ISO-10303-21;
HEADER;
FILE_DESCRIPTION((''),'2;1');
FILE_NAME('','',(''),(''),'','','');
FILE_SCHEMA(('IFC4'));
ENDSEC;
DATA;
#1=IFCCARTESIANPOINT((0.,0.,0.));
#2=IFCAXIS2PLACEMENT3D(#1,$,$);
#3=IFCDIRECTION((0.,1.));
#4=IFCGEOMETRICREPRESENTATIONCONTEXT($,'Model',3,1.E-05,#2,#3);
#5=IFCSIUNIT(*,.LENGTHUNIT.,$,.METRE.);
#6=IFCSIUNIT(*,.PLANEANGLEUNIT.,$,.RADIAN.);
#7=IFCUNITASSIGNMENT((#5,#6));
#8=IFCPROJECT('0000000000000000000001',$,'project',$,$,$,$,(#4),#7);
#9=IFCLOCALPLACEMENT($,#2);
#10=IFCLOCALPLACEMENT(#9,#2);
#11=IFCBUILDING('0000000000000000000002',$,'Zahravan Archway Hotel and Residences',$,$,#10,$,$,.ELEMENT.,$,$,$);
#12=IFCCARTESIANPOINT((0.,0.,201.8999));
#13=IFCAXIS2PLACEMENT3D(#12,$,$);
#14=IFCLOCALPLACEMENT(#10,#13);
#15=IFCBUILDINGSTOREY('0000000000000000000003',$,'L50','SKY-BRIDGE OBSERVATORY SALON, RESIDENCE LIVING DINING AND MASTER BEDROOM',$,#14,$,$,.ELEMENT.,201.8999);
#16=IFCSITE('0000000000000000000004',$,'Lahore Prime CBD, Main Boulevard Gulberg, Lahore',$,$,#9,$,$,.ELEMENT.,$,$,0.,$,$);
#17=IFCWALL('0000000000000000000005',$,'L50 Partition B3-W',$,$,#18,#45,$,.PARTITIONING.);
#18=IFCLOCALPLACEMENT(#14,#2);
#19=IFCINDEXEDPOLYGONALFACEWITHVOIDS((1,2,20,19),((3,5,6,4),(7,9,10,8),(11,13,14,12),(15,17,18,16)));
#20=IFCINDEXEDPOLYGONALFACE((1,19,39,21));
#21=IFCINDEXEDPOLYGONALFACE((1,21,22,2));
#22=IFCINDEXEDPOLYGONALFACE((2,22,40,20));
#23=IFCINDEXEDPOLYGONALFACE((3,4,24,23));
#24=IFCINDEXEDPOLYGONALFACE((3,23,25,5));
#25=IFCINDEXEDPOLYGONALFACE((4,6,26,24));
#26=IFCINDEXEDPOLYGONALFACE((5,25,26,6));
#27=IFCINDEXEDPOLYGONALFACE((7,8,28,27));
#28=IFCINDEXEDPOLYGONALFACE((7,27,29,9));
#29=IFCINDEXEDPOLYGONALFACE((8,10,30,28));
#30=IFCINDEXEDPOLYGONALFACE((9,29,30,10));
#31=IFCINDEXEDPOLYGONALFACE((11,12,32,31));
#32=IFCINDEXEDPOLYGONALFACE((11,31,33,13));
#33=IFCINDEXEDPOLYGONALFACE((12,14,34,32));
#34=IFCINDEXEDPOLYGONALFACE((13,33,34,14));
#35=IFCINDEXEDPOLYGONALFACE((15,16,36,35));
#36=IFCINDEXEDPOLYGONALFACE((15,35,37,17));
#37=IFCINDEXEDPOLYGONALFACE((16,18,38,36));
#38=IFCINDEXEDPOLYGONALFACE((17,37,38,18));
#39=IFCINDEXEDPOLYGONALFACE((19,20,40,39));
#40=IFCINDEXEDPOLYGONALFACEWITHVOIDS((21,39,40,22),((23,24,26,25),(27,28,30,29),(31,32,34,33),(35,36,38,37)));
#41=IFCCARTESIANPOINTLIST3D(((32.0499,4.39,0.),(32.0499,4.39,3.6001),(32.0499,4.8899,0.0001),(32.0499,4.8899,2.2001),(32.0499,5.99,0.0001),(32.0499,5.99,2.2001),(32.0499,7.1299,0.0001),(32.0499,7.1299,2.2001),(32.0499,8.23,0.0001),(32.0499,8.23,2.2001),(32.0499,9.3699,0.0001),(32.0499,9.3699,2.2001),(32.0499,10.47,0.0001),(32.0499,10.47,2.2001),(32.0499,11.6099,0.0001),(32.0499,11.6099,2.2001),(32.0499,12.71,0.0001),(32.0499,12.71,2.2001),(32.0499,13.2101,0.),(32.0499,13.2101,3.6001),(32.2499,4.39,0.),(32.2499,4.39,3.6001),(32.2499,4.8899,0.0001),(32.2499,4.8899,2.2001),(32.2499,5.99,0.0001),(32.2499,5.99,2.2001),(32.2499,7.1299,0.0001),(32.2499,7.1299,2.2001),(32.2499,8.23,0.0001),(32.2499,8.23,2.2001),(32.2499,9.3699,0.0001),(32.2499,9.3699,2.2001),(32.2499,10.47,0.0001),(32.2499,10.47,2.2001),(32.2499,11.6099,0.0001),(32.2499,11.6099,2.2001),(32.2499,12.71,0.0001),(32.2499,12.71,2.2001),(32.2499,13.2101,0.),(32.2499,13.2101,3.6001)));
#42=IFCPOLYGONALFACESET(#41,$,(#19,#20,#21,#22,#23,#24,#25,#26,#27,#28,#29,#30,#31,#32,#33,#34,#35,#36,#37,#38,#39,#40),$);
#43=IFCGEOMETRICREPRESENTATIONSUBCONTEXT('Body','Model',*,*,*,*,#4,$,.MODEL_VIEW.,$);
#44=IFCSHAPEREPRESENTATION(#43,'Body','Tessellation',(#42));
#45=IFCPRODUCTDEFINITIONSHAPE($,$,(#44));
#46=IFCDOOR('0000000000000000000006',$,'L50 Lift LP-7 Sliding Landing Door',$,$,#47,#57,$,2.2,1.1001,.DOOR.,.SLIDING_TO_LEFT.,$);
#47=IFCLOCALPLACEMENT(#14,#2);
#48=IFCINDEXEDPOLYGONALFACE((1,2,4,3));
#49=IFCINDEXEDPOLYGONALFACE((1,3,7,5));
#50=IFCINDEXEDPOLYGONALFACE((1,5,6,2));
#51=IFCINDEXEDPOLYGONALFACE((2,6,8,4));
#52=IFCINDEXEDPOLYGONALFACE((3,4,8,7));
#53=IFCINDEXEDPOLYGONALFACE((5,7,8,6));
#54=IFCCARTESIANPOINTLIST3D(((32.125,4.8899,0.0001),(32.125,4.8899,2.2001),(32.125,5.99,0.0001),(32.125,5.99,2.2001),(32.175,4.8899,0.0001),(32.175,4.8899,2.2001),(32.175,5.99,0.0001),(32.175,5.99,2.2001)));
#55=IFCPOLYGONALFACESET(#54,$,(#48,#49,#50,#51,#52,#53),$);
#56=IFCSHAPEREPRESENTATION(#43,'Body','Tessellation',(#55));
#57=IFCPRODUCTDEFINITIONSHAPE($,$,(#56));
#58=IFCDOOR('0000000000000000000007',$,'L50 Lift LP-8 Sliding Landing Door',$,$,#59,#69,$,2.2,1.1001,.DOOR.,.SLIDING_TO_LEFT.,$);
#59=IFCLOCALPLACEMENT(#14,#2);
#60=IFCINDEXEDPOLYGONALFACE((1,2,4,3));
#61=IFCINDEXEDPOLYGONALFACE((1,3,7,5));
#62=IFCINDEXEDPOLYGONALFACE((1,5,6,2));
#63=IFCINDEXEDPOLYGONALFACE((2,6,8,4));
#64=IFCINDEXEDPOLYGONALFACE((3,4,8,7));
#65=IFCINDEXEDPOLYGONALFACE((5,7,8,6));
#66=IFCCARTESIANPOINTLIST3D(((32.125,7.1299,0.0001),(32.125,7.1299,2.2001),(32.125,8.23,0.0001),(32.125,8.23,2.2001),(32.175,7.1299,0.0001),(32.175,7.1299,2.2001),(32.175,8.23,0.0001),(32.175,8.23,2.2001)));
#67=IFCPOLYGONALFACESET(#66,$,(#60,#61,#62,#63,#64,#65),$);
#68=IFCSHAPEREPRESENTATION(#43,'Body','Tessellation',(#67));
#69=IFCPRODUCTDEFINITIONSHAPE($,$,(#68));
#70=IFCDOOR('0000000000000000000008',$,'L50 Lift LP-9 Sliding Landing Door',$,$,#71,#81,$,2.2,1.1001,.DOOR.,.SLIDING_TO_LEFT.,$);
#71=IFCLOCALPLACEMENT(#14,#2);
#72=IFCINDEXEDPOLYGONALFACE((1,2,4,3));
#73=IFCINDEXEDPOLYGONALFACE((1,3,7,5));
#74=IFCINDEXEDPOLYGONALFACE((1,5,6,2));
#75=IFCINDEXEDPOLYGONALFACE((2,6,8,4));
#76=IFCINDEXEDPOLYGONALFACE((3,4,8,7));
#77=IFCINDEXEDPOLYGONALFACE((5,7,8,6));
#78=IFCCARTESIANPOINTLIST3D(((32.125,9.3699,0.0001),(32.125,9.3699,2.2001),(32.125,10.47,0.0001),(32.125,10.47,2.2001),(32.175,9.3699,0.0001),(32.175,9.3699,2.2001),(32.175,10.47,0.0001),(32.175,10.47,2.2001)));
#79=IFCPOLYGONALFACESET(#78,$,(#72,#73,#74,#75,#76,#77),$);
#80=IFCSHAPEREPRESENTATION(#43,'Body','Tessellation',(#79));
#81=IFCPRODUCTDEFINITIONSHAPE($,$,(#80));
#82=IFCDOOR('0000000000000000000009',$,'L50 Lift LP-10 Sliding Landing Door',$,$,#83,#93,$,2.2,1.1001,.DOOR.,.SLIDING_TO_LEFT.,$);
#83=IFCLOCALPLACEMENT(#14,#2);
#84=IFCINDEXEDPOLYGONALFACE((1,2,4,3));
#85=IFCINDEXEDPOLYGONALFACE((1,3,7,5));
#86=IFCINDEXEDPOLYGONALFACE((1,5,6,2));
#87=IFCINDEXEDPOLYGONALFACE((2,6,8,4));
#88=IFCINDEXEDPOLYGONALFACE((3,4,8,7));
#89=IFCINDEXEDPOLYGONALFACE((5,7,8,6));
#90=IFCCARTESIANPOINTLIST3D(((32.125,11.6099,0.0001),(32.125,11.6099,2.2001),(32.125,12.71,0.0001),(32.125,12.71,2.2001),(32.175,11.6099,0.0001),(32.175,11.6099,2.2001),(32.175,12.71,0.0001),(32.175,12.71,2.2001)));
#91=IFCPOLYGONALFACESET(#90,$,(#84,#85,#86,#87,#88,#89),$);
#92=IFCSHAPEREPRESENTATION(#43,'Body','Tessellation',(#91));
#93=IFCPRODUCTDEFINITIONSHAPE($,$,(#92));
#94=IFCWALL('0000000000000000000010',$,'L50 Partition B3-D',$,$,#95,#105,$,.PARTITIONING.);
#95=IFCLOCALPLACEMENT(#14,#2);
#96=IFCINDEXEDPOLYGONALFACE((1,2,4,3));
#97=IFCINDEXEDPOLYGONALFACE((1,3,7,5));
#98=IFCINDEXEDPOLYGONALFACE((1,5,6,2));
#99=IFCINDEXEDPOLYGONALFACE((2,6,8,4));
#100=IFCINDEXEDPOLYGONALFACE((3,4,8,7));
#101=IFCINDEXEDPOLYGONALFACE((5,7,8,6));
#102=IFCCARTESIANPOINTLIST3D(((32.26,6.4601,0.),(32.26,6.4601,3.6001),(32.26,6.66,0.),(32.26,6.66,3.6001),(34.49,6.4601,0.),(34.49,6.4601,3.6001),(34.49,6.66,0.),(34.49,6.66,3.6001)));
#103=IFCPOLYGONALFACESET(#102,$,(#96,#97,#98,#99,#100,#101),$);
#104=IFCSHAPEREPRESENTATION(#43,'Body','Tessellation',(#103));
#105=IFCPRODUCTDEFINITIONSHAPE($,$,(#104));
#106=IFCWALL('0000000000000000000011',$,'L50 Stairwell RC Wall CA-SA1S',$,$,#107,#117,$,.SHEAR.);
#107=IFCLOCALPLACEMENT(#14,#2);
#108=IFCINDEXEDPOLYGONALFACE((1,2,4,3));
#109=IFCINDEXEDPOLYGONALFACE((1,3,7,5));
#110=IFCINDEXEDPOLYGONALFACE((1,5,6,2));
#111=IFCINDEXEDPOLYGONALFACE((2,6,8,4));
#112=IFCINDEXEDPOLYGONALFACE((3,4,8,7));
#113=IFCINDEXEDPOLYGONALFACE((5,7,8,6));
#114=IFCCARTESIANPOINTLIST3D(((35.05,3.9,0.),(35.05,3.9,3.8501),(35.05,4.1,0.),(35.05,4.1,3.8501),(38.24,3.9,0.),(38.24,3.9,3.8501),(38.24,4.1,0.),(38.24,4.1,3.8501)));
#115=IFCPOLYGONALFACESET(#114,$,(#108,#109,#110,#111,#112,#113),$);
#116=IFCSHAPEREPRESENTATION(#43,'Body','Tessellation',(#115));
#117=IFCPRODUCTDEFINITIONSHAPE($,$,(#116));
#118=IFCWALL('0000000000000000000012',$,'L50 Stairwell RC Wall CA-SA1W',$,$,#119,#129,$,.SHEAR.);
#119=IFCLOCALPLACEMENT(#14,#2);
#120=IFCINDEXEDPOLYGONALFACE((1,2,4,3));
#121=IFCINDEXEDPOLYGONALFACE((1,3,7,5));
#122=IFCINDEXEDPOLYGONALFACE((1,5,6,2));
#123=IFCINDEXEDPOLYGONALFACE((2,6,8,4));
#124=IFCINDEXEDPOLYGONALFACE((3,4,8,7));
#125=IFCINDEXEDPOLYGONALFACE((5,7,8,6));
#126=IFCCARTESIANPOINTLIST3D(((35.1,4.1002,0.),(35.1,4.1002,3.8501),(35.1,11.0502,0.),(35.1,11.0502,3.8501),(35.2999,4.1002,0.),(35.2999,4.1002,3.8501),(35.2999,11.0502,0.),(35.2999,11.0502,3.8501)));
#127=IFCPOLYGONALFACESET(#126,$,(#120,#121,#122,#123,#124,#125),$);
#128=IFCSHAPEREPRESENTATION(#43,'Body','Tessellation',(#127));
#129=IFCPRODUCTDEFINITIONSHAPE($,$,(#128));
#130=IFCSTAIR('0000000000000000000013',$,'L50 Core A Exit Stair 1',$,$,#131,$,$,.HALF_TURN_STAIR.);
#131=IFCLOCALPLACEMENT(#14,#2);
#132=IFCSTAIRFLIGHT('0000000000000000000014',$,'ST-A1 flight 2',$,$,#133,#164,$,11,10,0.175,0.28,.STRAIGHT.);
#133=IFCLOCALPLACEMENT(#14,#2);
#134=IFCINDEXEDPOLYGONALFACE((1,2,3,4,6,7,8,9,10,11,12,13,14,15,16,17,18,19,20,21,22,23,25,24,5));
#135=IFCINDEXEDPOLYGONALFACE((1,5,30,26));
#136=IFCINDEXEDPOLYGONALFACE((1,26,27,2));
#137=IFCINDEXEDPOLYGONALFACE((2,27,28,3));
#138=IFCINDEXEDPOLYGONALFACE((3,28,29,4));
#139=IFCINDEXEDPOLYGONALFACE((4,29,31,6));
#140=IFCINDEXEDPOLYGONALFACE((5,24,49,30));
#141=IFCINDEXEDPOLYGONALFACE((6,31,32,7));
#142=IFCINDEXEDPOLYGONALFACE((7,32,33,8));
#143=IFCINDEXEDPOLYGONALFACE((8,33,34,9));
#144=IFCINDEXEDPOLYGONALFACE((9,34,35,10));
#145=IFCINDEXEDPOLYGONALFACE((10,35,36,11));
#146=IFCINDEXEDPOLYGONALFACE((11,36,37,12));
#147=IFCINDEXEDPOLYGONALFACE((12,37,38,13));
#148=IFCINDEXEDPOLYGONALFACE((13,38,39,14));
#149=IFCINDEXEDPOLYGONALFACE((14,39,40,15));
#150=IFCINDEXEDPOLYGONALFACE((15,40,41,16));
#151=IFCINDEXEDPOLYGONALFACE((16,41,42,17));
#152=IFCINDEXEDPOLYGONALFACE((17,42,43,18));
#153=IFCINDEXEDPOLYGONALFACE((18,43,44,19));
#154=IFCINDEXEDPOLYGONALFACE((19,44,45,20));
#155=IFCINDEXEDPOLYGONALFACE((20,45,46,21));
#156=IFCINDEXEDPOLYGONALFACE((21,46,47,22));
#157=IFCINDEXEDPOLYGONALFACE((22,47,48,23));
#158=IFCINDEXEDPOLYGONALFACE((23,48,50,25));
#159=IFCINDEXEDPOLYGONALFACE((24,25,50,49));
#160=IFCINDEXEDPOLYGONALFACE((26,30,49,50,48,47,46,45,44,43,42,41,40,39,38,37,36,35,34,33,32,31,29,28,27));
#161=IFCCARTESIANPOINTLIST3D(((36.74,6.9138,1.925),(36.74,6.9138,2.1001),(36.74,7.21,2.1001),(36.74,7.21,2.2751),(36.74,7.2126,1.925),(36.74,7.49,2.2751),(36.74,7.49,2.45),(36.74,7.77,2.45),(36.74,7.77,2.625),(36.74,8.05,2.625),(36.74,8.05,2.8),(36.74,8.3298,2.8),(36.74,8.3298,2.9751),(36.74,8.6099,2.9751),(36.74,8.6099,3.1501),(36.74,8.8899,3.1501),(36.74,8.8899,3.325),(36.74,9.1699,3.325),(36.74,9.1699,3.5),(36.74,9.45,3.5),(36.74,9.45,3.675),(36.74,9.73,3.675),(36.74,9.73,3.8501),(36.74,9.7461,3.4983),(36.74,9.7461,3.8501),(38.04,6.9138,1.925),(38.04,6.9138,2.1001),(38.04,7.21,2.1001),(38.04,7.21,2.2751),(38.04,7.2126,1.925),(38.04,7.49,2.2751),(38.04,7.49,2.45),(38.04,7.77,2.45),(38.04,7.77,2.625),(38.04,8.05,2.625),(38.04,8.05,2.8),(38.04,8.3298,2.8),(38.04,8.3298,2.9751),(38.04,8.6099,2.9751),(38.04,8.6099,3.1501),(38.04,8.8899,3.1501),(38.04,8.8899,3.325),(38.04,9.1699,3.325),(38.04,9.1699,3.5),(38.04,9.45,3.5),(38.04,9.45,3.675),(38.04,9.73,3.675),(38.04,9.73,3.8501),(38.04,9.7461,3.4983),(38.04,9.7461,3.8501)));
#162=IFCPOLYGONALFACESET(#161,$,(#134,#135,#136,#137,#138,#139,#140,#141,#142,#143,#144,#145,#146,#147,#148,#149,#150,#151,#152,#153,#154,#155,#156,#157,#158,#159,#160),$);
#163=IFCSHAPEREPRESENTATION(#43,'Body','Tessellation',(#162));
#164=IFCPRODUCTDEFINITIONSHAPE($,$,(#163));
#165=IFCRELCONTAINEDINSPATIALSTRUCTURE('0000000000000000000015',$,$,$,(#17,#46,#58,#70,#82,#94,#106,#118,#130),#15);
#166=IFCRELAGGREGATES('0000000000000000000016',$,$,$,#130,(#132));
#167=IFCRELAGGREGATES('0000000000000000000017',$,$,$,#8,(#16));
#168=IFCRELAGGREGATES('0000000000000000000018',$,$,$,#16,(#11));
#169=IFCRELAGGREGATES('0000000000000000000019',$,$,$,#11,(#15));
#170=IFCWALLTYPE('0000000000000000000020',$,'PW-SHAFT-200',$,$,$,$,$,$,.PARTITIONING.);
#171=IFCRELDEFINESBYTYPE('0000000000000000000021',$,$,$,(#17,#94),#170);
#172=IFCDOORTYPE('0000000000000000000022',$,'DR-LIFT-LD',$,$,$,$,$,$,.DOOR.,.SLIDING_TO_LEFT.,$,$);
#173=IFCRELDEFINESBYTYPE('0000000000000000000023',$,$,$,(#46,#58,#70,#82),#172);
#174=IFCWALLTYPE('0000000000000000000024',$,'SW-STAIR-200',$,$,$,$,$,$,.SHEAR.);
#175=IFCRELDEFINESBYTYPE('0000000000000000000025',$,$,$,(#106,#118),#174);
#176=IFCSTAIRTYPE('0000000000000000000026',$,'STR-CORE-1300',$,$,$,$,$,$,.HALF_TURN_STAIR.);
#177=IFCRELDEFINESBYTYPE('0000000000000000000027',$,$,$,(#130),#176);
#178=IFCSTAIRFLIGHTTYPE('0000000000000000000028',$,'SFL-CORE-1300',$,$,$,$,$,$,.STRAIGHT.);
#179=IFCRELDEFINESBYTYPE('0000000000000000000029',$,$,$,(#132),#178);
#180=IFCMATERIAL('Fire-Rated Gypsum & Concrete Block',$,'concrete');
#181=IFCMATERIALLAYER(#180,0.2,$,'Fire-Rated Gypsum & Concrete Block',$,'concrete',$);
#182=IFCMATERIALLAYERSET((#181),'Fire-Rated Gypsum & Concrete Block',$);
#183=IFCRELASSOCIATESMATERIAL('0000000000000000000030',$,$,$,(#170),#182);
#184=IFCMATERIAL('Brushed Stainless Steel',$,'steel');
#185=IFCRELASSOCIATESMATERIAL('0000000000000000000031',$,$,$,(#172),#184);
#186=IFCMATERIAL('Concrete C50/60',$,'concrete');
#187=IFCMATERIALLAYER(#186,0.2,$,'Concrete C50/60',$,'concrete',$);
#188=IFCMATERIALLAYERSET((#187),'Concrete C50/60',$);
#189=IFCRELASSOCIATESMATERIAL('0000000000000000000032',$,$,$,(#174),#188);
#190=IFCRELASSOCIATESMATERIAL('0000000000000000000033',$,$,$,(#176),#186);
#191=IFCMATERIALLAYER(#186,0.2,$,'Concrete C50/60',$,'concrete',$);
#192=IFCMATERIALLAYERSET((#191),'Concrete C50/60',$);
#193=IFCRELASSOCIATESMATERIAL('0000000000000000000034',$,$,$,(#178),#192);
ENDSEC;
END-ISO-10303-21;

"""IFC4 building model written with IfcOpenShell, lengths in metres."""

from ifc_helpers import new_model, si_unit, direction, frame, frame_2d, origin, place, context, subcontext, project, spatial, polyline, rectangle, outline, extrude, source, transform, mapped, material, layer, layer_set, type_object, type_shapes, element, fill, aggregate, save


model = new_model("IFC4")

# Units and contexts
model_context = context("Model", 3, precision=1e-05, world=origin(), true_north=direction((0.0, 1.0)))
body_context = subcontext(model_context, "Body", "Model", "MODEL_VIEW")
ifc_project = project(units=[si_unit("LENGTHUNIT", "METRE"), si_unit("PLANEANGLEUNIT", "RADIAN")], contexts=[model_context])

# Site, building, storey
site_placement = place(None, origin())
site = spatial("IfcSite", under=ifc_project, at=site_placement, Name="Lahore Prime CBD, Main Boulevard Gulberg, Lahore", CompositionType="ELEMENT", RefElevation=0.0)
building_placement = place(site_placement, origin())
building = spatial("IfcBuilding", under=site, at=building_placement, Name="Zahravan Archway Hotel and Residences", CompositionType="ELEMENT")
storey_placement = place(building_placement, frame((0.0, 0.0, 201.8999)))
storey = spatial("IfcBuildingStorey", under=building, at=storey_placement, Name="L50", Description="SKY-BRIDGE OBSERVATORY SALON, RESIDENCE LIVING DINING AND MASTER BEDROOM", CompositionType="ELEMENT", Elevation=201.8999)

# Shared definitions
ifc_material_1 = material(Name="Fire-Rated Gypsum & Concrete Block", Category="concrete")

# Shared definitions
ifc_layer_1 = layer(ifc_material_1, 0.2, Name="Fire-Rated Gypsum & Concrete Block", Category="concrete")
ifc_layer_set_1 = layer_set([ifc_layer_1], Name="Fire-Rated Gypsum & Concrete Block")
wall_type_1 = type_object("IfcWallType", Name="PW-SHAFT-200", PredefinedType="PARTITIONING", material=ifc_layer_set_1)

# Wall, openings, doors
wall_1_placement = place(storey_placement, frame((32.1499, 4.3899, 0.0), z_axis=(0.0, 0.0, 1.0), x_axis=(0.0, 1.0, 0.0)))
wall_1 = element("IfcWall", 1, at=wall_1_placement, inside=storey, type_object=wall_type_1, Name="L50 Partition B3-W", PredefinedType="PARTITIONING", context=body_context, shape_type="SweptSolid", body=[
    extrude(rectangle(XDim=8.8201, YDim=0.2, at=frame_2d((4.4102, 0.0))), origin(), (0.0, 0.0, 1.0), 3.6001),
])
opening_1_placement = place(wall_1_placement, frame((0.5, 0.0, 0.0)))
opening_1 = element("IfcOpeningElement", 2, at=opening_1_placement, cuts=wall_1, PredefinedType="OPENING", context=body_context, shape_type="SweptSolid", body=[
    extrude(rectangle(XDim=1.1001, YDim=2.2, at=frame_2d((0.55, 1.1001))), frame((0.0, 0.1099, 0.0), z_axis=(0.0, -1.0, 0.0), x_axis=(1.0, 0.0, 0.0)), (0.0, 0.0, 1.0), 0.22),
])
opening_2_placement = place(wall_1_placement, frame((2.74, 0.0, 0.0)))
opening_2 = element("IfcOpeningElement", 3, at=opening_2_placement, cuts=wall_1, PredefinedType="OPENING", context=body_context, shape_type="SweptSolid", body=[
    extrude(rectangle(XDim=1.1001, YDim=2.2, at=frame_2d((0.55, 1.1001))), frame((0.0, 0.1099, 0.0), z_axis=(0.0, -1.0, 0.0), x_axis=(1.0, 0.0, 0.0)), (0.0, 0.0, 1.0), 0.22),
])
opening_3_placement = place(wall_1_placement, frame((4.98, 0.0, 0.0)))
opening_3 = element("IfcOpeningElement", 4, at=opening_3_placement, cuts=wall_1, PredefinedType="OPENING", context=body_context, shape_type="SweptSolid", body=[
    extrude(rectangle(XDim=1.1001, YDim=2.2, at=frame_2d((0.55, 1.1001))), frame((0.0, 0.1099, 0.0), z_axis=(0.0, -1.0, 0.0), x_axis=(1.0, 0.0, 0.0)), (0.0, 0.0, 1.0), 0.22),
])
opening_4_placement = place(wall_1_placement, frame((7.22, 0.0, 0.0)))
opening_4 = element("IfcOpeningElement", 5, at=opening_4_placement, cuts=wall_1, PredefinedType="OPENING", context=body_context, shape_type="SweptSolid", body=[
    extrude(rectangle(XDim=1.1001, YDim=2.2, at=frame_2d((0.55, 1.1001))), frame((0.0, 0.1099, 0.0), z_axis=(0.0, -1.0, 0.0), x_axis=(1.0, 0.0, 0.0)), (0.0, 0.0, 1.0), 0.22),
])
ifc_material_2 = material(Name="Brushed Stainless Steel", Category="steel")
door_type_1 = type_object("IfcDoorType", Name="DR-LIFT-LD", OperationType="SLIDING_TO_LEFT", PredefinedType="DOOR", material=ifc_material_2)
shared_shape_1 = source(origin(), body_context, "Body", "SweptSolid", [
    extrude(rectangle(XDim=1.1001, YDim=2.2, at=frame_2d((0.55, 1.1001))), frame((0.0, 0.0249, 0.0), z_axis=(0.0, -1.0, 0.0), x_axis=(1.0, 0.0, 0.0)), (0.0, 0.0, 1.0), 0.05),
])
type_shapes(door_type_1, [shared_shape_1])
door_1_placement = place(opening_1_placement, origin())
door_1 = element("IfcDoor", 6, at=door_1_placement, inside=storey, type_object=door_type_1, Name="L50 Lift LP-7 Sliding Landing Door", OperationType="SLIDING_TO_LEFT", OverallHeight=2.2, OverallWidth=1.1001, PredefinedType="DOOR", context=body_context, shape_type="MappedRepresentation", body=[
    mapped(shared_shape_1, transform((0.0, 0.0, 0.0), scale=1.0)),
])
fill(opening_1, door_1)
door_2_placement = place(opening_2_placement, origin())
door_2 = element("IfcDoor", 7, at=door_2_placement, inside=storey, type_object=door_type_1, Name="L50 Lift LP-8 Sliding Landing Door", OperationType="SLIDING_TO_LEFT", OverallHeight=2.2, OverallWidth=1.1001, PredefinedType="DOOR", context=body_context, shape_type="MappedRepresentation", body=[
    mapped(shared_shape_1, transform((0.0, 0.0, 0.0), scale=1.0)),
])
fill(opening_2, door_2)
door_3_placement = place(opening_3_placement, origin())
door_3 = element("IfcDoor", 8, at=door_3_placement, inside=storey, type_object=door_type_1, Name="L50 Lift LP-9 Sliding Landing Door", OperationType="SLIDING_TO_LEFT", OverallHeight=2.2, OverallWidth=1.1001, PredefinedType="DOOR", context=body_context, shape_type="MappedRepresentation", body=[
    mapped(shared_shape_1, transform((0.0, 0.0, 0.0), scale=1.0)),
])
fill(opening_3, door_3)
door_4_placement = place(opening_4_placement, origin())
door_4 = element("IfcDoor", 9, at=door_4_placement, inside=storey, type_object=door_type_1, Name="L50 Lift LP-10 Sliding Landing Door", OperationType="SLIDING_TO_LEFT", OverallHeight=2.2, OverallWidth=1.1001, PredefinedType="DOOR", context=body_context, shape_type="MappedRepresentation", body=[
    mapped(shared_shape_1, transform((0.0, 0.0, 0.0), scale=1.0)),
])
fill(opening_4, door_4)

# Walls
wall_2_placement = place(storey_placement, frame((32.26, 6.5601, 0.0), z_axis=(0.0, 0.0, 1.0), x_axis=(1.0, 0.0, 0.0)))
element("IfcWall", 10, at=wall_2_placement, inside=storey, type_object=wall_type_1, Name="L50 Partition B3-D", PredefinedType="PARTITIONING", context=body_context, shape_type="SweptSolid", body=[
    extrude(rectangle(XDim=2.23, YDim=0.2, at=frame_2d((1.115, 0.0))), origin(), (0.0, 0.0, 1.0), 3.6001),
])
ifc_material_3 = material(Name="Concrete C50/60", Category="concrete")
ifc_layer_2 = layer(ifc_material_3, 0.2, Name="Concrete C50/60", Category="concrete")
ifc_layer_set_2 = layer_set([ifc_layer_2], Name="Concrete C50/60")
wall_type_2 = type_object("IfcWallType", Name="SW-STAIR-200", PredefinedType="SHEAR", material=ifc_layer_set_2)
wall_3_placement = place(storey_placement, frame((35.05, 4.0, 0.0), z_axis=(0.0, 0.0, 1.0), x_axis=(1.0, 0.0, 0.0)))
element("IfcWall", 11, at=wall_3_placement, inside=storey, type_object=wall_type_2, Name="L50 Stairwell RC Wall CA-SA1S", PredefinedType="SHEAR", context=body_context, shape_type="SweptSolid", body=[
    extrude(rectangle(XDim=3.1899, YDim=0.2, at=frame_2d((1.595, 0.0))), origin(), (0.0, 0.0, 1.0), 3.8501),
])
wall_4_placement = place(storey_placement, frame((35.2, 4.1001, 0.0), z_axis=(0.0, 0.0, 1.0), x_axis=(0.0, 1.0, 0.0)))
element("IfcWall", 12, at=wall_4_placement, inside=storey, type_object=wall_type_2, Name="L50 Stairwell RC Wall CA-SA1W", PredefinedType="SHEAR", context=body_context, shape_type="SweptSolid", body=[
    extrude(rectangle(XDim=6.95, YDim=0.2, at=frame_2d((3.4751, 0.0))), origin(), (0.0, 0.0, 1.0), 3.8501),
])

# Stair, stair flight
stair_type = type_object("IfcStairType", Name="STR-CORE-1300", PredefinedType="HALF_TURN_STAIR", material=ifc_material_3)
stair_placement = place(storey_placement, origin())
stair = element("IfcStair", 13, at=stair_placement, inside=storey, type_object=stair_type, Name="L50 Core A Exit Stair 1", PredefinedType="HALF_TURN_STAIR")
ifc_layer_3 = layer(ifc_material_3, 0.2, Name="Concrete C50/60", Category="concrete")
ifc_layer_set_3 = layer_set([ifc_layer_3], Name="Concrete C50/60")
stair_flight_type = type_object("IfcStairFlightType", Name="SFL-CORE-1300", PredefinedType="STRAIGHT", material=ifc_layer_set_3)
shared_shape_2 = source(origin(), body_context, "Body", "SweptSolid", [
    extrude(outline(polyline([(-0.0161, 0.0), (-0.0161, 0.175), (0.28, 0.175), (0.28, 0.3501), (0.5601, 0.3501), (0.5601, 0.5249), (0.8401, 0.5249), (0.8401, 0.7), (1.1201, 0.7), (1.1201, 0.875), (1.3999, 0.875), (1.3999, 1.05), (1.6799, 1.05), (1.6799, 1.2251), (1.96, 1.2251), (1.96, 1.3999), (2.24, 1.3999), (2.24, 1.575), (2.52, 1.575), (2.52, 1.75), (2.8, 1.75), (2.8, 1.925), (2.8162, 1.925), (2.8162, 1.5732), (0.2827, 0.0), (-0.0161, 0.0)])), frame((0.0, 0.6499, 0.0), z_axis=(0.0, -1.0, 0.0), x_axis=(1.0, 0.0, 0.0)), (0.0, 0.0, 1.0), 1.3),
])
stair_flight_placement = place(storey_placement, frame((37.3899, 6.9299, 1.925), z_axis=(0.0, 0.0, 1.0), x_axis=(0.0, 1.0, 0.0)))
stair_flight = element("IfcStairFlight", 14, at=stair_flight_placement, type_object=stair_flight_type, Name="ST-A1 flight 2", NumberOfRisers=11, NumberOfTreads=10, PredefinedType="STRAIGHT", RiserHeight=0.175, TreadLength=0.28, context=body_context, shape_type="MappedRepresentation", body=[
    mapped(shared_shape_2, transform((0.0, 0.0, 0.0), scale=1.0)),
])
aggregate(stair, [stair_flight])

save(model, "model.ifc")
